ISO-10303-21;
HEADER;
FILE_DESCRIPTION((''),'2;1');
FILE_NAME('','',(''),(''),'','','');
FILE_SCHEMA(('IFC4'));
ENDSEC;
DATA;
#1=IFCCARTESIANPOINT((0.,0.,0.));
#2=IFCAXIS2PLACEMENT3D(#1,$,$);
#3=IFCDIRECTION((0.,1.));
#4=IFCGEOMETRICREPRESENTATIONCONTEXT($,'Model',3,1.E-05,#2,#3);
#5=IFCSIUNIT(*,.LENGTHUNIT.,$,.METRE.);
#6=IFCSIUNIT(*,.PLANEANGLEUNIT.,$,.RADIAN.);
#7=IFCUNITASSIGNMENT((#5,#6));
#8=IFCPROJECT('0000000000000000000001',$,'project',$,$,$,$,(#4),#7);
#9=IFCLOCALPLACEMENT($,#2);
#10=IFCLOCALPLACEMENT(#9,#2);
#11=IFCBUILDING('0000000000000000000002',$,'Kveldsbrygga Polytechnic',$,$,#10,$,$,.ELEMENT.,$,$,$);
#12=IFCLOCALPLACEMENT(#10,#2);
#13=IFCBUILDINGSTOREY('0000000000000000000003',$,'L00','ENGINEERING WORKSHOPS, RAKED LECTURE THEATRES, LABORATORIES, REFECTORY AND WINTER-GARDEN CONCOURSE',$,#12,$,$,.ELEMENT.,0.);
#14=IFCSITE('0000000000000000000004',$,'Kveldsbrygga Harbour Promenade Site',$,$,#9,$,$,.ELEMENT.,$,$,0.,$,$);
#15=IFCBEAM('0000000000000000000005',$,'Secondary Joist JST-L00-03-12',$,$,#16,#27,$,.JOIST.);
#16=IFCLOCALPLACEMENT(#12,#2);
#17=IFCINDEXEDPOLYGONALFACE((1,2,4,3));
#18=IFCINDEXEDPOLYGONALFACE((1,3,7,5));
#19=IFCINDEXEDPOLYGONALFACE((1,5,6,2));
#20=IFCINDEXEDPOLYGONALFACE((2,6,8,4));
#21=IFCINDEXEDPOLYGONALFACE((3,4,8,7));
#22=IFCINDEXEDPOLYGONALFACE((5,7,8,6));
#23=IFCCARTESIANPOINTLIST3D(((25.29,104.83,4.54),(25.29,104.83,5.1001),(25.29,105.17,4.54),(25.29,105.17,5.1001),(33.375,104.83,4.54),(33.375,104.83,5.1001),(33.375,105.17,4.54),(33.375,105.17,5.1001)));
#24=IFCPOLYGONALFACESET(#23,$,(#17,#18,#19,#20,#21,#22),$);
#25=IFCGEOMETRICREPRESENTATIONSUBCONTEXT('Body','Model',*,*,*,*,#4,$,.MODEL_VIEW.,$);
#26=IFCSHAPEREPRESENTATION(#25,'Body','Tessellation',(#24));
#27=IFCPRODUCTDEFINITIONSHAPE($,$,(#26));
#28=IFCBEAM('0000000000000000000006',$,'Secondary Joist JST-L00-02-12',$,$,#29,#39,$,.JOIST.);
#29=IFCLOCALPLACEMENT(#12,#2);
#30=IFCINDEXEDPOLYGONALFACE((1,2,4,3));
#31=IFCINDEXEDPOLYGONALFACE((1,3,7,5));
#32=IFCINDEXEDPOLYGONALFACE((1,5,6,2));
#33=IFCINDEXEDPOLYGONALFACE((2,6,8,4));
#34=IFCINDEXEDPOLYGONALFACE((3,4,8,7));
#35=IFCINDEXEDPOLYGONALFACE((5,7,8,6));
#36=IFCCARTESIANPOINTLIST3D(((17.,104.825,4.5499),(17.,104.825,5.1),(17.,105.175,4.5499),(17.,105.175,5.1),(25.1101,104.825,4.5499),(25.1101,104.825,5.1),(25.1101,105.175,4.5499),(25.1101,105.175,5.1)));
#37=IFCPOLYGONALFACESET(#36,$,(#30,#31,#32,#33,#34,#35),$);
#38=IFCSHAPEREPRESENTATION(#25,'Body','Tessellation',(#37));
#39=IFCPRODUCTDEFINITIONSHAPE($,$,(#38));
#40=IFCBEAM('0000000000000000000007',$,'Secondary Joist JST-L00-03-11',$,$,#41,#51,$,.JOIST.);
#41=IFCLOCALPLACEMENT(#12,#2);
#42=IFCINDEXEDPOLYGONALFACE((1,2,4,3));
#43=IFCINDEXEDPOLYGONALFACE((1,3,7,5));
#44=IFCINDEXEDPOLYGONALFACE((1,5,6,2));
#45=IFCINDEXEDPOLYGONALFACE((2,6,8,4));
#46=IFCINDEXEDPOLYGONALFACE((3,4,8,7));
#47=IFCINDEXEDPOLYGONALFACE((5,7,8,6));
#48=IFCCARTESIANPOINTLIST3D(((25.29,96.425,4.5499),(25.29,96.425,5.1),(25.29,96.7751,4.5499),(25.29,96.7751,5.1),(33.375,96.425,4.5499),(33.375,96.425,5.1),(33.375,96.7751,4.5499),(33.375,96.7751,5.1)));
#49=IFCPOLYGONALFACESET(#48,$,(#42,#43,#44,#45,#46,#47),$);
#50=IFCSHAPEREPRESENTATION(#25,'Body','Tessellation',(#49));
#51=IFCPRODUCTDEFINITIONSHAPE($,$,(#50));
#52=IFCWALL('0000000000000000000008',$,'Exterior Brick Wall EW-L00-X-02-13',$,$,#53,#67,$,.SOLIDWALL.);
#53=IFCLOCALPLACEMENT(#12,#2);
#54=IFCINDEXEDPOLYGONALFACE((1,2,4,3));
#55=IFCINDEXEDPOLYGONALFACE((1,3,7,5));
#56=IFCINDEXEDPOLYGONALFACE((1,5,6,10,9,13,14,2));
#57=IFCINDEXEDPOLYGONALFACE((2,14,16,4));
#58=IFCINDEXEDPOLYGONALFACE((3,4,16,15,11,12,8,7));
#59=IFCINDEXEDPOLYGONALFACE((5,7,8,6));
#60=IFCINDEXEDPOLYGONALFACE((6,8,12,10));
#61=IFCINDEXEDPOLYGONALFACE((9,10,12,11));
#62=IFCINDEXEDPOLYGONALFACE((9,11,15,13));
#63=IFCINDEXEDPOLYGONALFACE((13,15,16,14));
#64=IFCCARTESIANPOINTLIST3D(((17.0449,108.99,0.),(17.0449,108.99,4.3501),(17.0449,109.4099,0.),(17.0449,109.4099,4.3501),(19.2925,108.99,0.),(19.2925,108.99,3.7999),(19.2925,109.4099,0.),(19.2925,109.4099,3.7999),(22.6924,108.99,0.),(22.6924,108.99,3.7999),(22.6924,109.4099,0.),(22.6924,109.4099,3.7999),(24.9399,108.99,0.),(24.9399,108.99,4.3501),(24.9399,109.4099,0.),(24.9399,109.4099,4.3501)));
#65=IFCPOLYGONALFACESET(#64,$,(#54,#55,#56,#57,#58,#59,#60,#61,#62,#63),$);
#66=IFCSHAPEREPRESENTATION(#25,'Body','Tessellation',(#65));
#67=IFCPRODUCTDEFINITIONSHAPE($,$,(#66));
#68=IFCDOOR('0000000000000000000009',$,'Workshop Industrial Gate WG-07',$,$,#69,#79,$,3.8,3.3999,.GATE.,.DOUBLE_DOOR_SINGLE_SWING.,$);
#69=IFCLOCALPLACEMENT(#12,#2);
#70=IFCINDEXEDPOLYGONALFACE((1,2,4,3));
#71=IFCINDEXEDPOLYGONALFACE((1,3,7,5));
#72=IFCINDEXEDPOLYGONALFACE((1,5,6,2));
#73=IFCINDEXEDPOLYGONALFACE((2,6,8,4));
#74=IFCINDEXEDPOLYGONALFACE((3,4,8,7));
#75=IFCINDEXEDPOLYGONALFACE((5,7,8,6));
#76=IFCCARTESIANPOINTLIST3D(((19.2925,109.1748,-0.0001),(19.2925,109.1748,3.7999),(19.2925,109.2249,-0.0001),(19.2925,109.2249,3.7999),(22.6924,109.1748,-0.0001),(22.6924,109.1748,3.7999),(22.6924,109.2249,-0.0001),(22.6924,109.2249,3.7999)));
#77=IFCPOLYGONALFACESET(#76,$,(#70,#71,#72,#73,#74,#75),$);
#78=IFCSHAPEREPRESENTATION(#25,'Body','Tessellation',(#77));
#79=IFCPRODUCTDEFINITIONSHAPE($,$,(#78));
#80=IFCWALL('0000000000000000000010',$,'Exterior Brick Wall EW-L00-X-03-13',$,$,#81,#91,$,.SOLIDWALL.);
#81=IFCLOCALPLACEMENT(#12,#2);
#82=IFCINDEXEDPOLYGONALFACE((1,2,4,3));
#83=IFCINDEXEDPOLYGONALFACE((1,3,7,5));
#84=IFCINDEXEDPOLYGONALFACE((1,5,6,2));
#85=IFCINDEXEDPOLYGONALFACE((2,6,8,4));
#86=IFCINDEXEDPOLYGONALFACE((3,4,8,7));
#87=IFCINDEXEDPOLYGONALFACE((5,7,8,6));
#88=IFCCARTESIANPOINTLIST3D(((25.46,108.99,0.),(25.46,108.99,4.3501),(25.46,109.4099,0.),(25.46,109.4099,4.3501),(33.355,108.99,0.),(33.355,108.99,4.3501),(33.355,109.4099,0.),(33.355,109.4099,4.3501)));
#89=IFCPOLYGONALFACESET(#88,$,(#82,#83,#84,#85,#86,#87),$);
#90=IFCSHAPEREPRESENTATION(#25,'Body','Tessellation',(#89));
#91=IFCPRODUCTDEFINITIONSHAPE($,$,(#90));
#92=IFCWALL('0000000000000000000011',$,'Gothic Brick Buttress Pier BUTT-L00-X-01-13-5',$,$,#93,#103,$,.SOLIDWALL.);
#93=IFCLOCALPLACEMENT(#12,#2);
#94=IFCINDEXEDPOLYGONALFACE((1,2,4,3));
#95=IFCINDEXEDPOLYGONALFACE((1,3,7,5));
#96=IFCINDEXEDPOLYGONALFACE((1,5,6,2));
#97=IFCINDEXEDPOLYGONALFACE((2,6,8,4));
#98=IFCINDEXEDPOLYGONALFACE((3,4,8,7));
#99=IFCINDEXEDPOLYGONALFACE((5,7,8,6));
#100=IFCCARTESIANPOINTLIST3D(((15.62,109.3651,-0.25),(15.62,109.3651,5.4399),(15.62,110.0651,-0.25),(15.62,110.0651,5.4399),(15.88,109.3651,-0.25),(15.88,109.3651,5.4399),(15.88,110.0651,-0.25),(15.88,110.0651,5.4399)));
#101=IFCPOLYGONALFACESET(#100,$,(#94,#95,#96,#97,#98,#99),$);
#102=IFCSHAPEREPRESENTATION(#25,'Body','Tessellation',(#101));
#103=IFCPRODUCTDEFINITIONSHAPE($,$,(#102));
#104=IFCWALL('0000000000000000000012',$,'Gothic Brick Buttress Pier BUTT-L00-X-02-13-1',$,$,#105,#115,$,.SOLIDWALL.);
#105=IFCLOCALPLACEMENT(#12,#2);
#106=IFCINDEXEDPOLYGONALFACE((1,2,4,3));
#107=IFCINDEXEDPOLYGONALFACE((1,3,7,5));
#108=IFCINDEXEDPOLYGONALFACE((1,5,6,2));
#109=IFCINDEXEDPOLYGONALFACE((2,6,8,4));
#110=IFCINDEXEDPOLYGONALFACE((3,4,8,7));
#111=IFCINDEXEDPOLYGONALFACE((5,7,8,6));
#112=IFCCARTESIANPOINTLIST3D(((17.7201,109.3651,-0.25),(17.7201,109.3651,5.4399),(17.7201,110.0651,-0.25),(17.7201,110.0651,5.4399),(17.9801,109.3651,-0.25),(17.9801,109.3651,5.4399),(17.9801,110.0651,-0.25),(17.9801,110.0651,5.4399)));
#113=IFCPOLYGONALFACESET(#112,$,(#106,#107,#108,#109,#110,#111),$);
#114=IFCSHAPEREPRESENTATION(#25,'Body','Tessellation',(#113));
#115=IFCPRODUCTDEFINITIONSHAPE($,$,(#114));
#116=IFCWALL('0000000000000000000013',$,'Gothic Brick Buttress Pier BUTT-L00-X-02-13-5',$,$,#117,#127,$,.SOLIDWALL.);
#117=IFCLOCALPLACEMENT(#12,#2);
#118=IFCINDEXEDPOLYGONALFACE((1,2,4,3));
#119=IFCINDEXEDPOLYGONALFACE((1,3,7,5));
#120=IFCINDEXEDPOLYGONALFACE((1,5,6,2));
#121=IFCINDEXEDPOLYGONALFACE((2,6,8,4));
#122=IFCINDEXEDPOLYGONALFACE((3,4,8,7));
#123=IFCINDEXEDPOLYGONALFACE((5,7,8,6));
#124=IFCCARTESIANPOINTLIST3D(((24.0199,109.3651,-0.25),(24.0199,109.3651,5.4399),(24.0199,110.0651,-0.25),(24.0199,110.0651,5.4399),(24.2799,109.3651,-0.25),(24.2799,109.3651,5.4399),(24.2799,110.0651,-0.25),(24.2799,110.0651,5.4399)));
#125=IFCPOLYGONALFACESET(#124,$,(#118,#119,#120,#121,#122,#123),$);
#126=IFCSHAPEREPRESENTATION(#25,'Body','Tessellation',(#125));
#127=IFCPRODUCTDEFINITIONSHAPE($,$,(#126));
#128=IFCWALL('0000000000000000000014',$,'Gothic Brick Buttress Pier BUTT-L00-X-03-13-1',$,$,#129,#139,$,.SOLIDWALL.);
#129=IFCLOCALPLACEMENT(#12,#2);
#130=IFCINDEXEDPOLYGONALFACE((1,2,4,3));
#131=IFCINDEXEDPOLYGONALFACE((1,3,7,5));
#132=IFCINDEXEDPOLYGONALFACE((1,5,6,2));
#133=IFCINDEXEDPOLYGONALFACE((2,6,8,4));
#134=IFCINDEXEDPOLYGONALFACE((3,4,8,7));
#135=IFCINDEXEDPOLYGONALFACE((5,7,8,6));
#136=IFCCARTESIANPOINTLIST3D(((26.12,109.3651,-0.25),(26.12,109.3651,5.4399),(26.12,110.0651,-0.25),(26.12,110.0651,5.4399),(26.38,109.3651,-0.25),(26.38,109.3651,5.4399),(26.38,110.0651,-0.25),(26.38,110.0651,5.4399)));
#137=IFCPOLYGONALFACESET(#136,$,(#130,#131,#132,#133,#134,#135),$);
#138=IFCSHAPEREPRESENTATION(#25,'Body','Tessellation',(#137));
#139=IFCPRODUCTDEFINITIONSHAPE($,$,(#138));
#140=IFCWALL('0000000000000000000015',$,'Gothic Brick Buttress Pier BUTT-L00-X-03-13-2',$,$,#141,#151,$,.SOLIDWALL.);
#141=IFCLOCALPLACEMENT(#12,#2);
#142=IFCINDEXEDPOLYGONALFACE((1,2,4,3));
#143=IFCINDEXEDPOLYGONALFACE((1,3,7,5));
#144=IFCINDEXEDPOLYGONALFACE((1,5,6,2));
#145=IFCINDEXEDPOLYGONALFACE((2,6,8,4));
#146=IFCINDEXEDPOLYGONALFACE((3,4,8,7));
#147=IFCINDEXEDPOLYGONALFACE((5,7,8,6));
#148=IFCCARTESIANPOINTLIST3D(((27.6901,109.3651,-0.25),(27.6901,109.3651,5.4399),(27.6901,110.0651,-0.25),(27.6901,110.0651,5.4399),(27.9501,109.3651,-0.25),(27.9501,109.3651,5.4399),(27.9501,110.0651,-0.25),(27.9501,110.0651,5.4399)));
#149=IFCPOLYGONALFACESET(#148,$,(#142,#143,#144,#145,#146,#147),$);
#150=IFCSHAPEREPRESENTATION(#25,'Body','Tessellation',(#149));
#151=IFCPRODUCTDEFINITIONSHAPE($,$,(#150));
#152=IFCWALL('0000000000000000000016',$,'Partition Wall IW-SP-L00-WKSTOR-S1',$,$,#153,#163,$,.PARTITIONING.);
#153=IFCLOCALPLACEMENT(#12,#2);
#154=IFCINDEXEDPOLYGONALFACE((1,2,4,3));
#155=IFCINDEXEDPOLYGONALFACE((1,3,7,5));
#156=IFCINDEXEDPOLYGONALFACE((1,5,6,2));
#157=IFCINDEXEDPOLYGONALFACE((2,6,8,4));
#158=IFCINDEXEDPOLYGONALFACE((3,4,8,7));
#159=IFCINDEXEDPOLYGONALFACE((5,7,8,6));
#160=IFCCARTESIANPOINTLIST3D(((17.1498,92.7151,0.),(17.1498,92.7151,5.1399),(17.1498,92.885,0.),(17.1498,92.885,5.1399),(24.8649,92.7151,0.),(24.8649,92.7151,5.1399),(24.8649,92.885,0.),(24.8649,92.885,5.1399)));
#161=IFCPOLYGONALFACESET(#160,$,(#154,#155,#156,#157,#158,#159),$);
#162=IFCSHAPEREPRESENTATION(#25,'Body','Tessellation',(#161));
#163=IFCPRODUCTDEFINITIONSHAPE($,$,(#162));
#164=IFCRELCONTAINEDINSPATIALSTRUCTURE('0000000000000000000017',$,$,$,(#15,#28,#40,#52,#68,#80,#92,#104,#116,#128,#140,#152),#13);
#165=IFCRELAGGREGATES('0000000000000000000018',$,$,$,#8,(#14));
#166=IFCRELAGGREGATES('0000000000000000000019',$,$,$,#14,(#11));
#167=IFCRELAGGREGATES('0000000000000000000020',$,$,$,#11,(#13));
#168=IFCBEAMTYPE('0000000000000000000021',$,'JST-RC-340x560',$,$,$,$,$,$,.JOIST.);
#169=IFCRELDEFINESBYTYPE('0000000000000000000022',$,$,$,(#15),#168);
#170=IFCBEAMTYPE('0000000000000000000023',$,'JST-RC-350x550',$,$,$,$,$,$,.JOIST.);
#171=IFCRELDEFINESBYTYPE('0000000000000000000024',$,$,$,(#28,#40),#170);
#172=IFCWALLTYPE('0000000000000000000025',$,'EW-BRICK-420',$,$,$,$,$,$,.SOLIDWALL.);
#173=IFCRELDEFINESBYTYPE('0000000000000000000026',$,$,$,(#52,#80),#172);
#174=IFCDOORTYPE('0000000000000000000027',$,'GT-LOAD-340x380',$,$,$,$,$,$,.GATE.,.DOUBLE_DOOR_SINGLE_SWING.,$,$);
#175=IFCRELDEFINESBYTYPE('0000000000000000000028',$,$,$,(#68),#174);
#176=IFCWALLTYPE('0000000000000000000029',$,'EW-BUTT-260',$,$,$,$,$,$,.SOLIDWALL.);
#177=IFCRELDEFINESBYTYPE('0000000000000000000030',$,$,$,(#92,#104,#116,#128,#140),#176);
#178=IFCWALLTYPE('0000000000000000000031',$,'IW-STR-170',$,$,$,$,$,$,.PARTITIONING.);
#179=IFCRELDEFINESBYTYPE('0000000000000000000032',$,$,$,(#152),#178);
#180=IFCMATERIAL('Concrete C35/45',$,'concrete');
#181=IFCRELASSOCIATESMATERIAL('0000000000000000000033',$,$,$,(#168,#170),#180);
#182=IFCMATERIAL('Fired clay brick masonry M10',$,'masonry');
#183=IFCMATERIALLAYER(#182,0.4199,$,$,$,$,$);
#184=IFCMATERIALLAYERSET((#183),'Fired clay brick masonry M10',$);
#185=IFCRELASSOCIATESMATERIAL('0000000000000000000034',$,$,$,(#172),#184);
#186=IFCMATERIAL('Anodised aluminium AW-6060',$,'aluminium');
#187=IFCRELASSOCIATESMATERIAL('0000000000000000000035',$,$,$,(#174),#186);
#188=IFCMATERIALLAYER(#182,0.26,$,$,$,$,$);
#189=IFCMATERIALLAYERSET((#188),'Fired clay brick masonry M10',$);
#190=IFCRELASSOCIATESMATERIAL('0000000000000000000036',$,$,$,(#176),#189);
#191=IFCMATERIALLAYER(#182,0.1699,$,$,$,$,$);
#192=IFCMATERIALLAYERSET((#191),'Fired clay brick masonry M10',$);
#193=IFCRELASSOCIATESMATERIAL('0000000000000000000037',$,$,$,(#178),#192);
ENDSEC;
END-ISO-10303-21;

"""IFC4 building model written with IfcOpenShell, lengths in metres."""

from ifc_helpers import new_model, si_unit, direction, frame, frame_2d, origin, origin_2d, place, context, subcontext, project, spatial, rectangle, extrude, material, layer, layer_set, material_profile, profile_set, type_object, element, fill, save


model = new_model("IFC4")

# Units and contexts
model_context = context("Model", 3, precision=1e-05, world=origin(), true_north=direction((0.0, 1.0)))
body_context = subcontext(model_context, "Body", "Model", "MODEL_VIEW")
ifc_project = project(units=[si_unit("LENGTHUNIT", "METRE"), si_unit("PLANEANGLEUNIT", "RADIAN")], contexts=[model_context])

# Site, building, storey
site_placement = place(None, origin())
site = spatial("IfcSite", under=ifc_project, at=site_placement, Name="Kveldsbrygga Harbour Promenade Site", CompositionType="ELEMENT", RefElevation=0.0)
building_placement = place(site_placement, origin())
building = spatial("IfcBuilding", under=site, at=building_placement, Name="Kveldsbrygga Polytechnic", CompositionType="ELEMENT")
storey_placement = place(building_placement, origin())
storey = spatial("IfcBuildingStorey", under=building, at=storey_placement, Name="L00", Description="ENGINEERING WORKSHOPS, RAKED LECTURE THEATRES, LABORATORIES, REFECTORY AND WINTER-GARDEN CONCOURSE", CompositionType="ELEMENT", Elevation=0.0)

# Beams
ifc_material_1 = material(Name="Concrete C35/45", Category="concrete")
ifc_material_profile_1 = material_profile(ifc_material_1, rectangle(XDim=0.3401, YDim=0.5601, at=origin_2d()), Name="RC 340x560")
ifc_profile_set_1 = profile_set([ifc_material_profile_1], Name="Concrete C35/45")
beam_type_1 = type_object("IfcBeamType", Name="JST-RC-340x560", PredefinedType="JOIST", material=ifc_profile_set_1)
beam_1_placement = place(storey_placement, frame((25.29, 105.0, 4.8201), z_axis=(1.0, 0.0, 0.0), x_axis=(0.0, 1.0, 0.0)))
element("IfcBeam", 1, at=beam_1_placement, inside=storey, type_object=beam_type_1, Name="Secondary Joist JST-L00-03-12", PredefinedType="JOIST", context=body_context, shape_type="SweptSolid", body=[
    extrude(rectangle(XDim=0.3401, YDim=0.5601, at=origin_2d()), origin(), (0.0, 0.0, 1.0), 8.085),
])
ifc_material_profile_2 = material_profile(ifc_material_1, rectangle(XDim=0.3501, YDim=0.55, at=origin_2d()), Name="RC 350x550")
ifc_profile_set_2 = profile_set([ifc_material_profile_2], Name="Concrete C35/45")
beam_type_2 = type_object("IfcBeamType", Name="JST-RC-350x550", PredefinedType="JOIST", material=ifc_profile_set_2)
beam_2_placement = place(storey_placement, frame((17.0, 105.0, 4.825), z_axis=(1.0, 0.0, 0.0), x_axis=(0.0, 1.0, 0.0)))
element("IfcBeam", 2, at=beam_2_placement, inside=storey, type_object=beam_type_2, Name="Secondary Joist JST-L00-02-12", PredefinedType="JOIST", context=body_context, shape_type="SweptSolid", body=[
    extrude(rectangle(XDim=0.3501, YDim=0.55, at=origin_2d()), origin(), (0.0, 0.0, 1.0), 8.1101),
])
beam_3_placement = place(storey_placement, frame((25.29, 96.6001, 4.825), z_axis=(1.0, 0.0, 0.0), x_axis=(0.0, 1.0, 0.0)))
element("IfcBeam", 3, at=beam_3_placement, inside=storey, type_object=beam_type_2, Name="Secondary Joist JST-L00-03-11", PredefinedType="JOIST", context=body_context, shape_type="SweptSolid", body=[
    extrude(rectangle(XDim=0.3501, YDim=0.55, at=origin_2d()), origin(), (0.0, 0.0, 1.0), 8.085),
])

# Wall, opening, door
ifc_material_2 = material(Name="Fired clay brick masonry M10", Category="masonry")
ifc_layer_1 = layer(ifc_material_2, 0.4199)
ifc_layer_set_1 = layer_set([ifc_layer_1], Name="Fired clay brick masonry M10")
wall_type_1 = type_object("IfcWallType", Name="EW-BRICK-420", PredefinedType="SOLIDWALL", material=ifc_layer_set_1)
wall_1_placement = place(storey_placement, frame((17.0449, 109.2, 0.0), z_axis=(0.0, 0.0, 1.0), x_axis=(1.0, 0.0, 0.0)))
wall_1 = element("IfcWall", 4, at=wall_1_placement, inside=storey, type_object=wall_type_1, Name="Exterior Brick Wall EW-L00-X-02-13", PredefinedType="SOLIDWALL", context=body_context, shape_type="SweptSolid", body=[
    extrude(rectangle(XDim=7.895, YDim=0.4199, at=frame_2d((3.9475, 0.0))), origin(), (0.0, 0.0, 1.0), 4.3501),
])
opening_1_placement = place(wall_1_placement, frame((2.2476, 0.0, 0.0)))
opening_1 = element("IfcOpeningElement", 5, at=opening_1_placement, cuts=wall_1, PredefinedType="OPENING", context=body_context, shape_type="SweptSolid", body=[
    extrude(rectangle(XDim=3.3999, YDim=3.8, at=frame_2d((1.7, 1.8999))), frame((0.0, 0.22, 0.0), z_axis=(0.0, -1.0, 0.0), x_axis=(1.0, 0.0, 0.0)), (0.0, 0.0, 1.0), 0.4399),
])
ifc_material_3 = material(Name="Anodised aluminium AW-6060", Category="aluminium")
door_type_1 = type_object("IfcDoorType", Name="GT-LOAD-340x380", OperationType="DOUBLE_DOOR_SINGLE_SWING", PredefinedType="GATE", material=ifc_material_3)
door_1_placement = place(opening_1_placement, origin())
door_1 = element("IfcDoor", 6, at=door_1_placement, inside=storey, type_object=door_type_1, Name="Workshop Industrial Gate WG-07", OperationType="DOUBLE_DOOR_SINGLE_SWING", OverallHeight=3.8, OverallWidth=3.3999, PredefinedType="GATE", context=body_context, shape_type="SweptSolid", body=[
    extrude(rectangle(XDim=3.3999, YDim=3.8, at=frame_2d((1.7, 1.8999))), frame((0.0, 0.0249, 0.0), z_axis=(0.0, -1.0, 0.0), x_axis=(1.0, 0.0, 0.0)), (0.0, 0.0, 1.0), 0.05),
])
fill(opening_1, door_1)

# Walls
wall_2_placement = place(storey_placement, frame((25.46, 109.2, 0.0), z_axis=(0.0, 0.0, 1.0), x_axis=(1.0, 0.0, 0.0)))
element("IfcWall", 7, at=wall_2_placement, inside=storey, type_object=wall_type_1, Name="Exterior Brick Wall EW-L00-X-03-13", PredefinedType="SOLIDWALL", context=body_context, shape_type="SweptSolid", body=[
    extrude(rectangle(XDim=7.895, YDim=0.4199, at=frame_2d((3.9475, 0.0))), origin(), (0.0, 0.0, 1.0), 4.3501),
])
ifc_layer_2 = layer(ifc_material_2, 0.26)
ifc_layer_set_2 = layer_set([ifc_layer_2], Name="Fired clay brick masonry M10")
wall_type_2 = type_object("IfcWallType", Name="EW-BUTT-260", PredefinedType="SOLIDWALL", material=ifc_layer_set_2)
for number, where, z_axis, x_axis, name in (
    (8, (15.75, 109.365, -0.25), (0.0, 0.0, 1.0), (0.0, 1.0, 0.0), "Gothic Brick Buttress Pier BUTT-L00-X-01-13-5"),
    (9, (17.8501, 109.365, -0.25), (0.0, 0.0, 1.0), (0.0, 1.0, 0.0), "Gothic Brick Buttress Pier BUTT-L00-X-02-13-1"),
    (10, (24.1499, 109.365, -0.25), (0.0, 0.0, 1.0), (0.0, 1.0, 0.0), "Gothic Brick Buttress Pier BUTT-L00-X-02-13-5"),
    (11, (26.25, 109.365, -0.25), (0.0, 0.0, 1.0), (0.0, 1.0, 0.0), "Gothic Brick Buttress Pier BUTT-L00-X-03-13-1"),
    (12, (27.8201, 109.365, -0.25), (0.0, 0.0, 1.0), (0.0, 1.0, 0.0), "Gothic Brick Buttress Pier BUTT-L00-X-03-13-2"),
):
    element("IfcWall", number, at=place(storey_placement, frame(where, z_axis=z_axis, x_axis=x_axis)), inside=storey, type_object=wall_type_2, Name=name, PredefinedType="SOLIDWALL", context=body_context, shape_type="SweptSolid", body=[
        extrude(rectangle(XDim=0.7, YDim=0.26, at=frame_2d((0.3501, 0.0))), origin(), (0.0, 0.0, 1.0), 5.6899),
    ])
ifc_layer_3 = layer(ifc_material_2, 0.1699)
ifc_layer_set_3 = layer_set([ifc_layer_3], Name="Fired clay brick masonry M10")
wall_type_3 = type_object("IfcWallType", Name="IW-STR-170", PredefinedType="PARTITIONING", material=ifc_layer_set_3)
wall_3_placement = place(storey_placement, frame((17.1499, 92.8, 0.0), z_axis=(0.0, 0.0, 1.0), x_axis=(1.0, 0.0, 0.0)))
element("IfcWall", 13, at=wall_3_placement, inside=storey, type_object=wall_type_3, Name="Partition Wall IW-SP-L00-WKSTOR-S1", PredefinedType="PARTITIONING", context=body_context, shape_type="SweptSolid", body=[
    extrude(rectangle(XDim=7.7151, YDim=0.1699, at=frame_2d((3.8574, 0.0))), origin(), (0.0, 0.0, 1.0), 5.1399),
])

save(model, "model.ifc")
